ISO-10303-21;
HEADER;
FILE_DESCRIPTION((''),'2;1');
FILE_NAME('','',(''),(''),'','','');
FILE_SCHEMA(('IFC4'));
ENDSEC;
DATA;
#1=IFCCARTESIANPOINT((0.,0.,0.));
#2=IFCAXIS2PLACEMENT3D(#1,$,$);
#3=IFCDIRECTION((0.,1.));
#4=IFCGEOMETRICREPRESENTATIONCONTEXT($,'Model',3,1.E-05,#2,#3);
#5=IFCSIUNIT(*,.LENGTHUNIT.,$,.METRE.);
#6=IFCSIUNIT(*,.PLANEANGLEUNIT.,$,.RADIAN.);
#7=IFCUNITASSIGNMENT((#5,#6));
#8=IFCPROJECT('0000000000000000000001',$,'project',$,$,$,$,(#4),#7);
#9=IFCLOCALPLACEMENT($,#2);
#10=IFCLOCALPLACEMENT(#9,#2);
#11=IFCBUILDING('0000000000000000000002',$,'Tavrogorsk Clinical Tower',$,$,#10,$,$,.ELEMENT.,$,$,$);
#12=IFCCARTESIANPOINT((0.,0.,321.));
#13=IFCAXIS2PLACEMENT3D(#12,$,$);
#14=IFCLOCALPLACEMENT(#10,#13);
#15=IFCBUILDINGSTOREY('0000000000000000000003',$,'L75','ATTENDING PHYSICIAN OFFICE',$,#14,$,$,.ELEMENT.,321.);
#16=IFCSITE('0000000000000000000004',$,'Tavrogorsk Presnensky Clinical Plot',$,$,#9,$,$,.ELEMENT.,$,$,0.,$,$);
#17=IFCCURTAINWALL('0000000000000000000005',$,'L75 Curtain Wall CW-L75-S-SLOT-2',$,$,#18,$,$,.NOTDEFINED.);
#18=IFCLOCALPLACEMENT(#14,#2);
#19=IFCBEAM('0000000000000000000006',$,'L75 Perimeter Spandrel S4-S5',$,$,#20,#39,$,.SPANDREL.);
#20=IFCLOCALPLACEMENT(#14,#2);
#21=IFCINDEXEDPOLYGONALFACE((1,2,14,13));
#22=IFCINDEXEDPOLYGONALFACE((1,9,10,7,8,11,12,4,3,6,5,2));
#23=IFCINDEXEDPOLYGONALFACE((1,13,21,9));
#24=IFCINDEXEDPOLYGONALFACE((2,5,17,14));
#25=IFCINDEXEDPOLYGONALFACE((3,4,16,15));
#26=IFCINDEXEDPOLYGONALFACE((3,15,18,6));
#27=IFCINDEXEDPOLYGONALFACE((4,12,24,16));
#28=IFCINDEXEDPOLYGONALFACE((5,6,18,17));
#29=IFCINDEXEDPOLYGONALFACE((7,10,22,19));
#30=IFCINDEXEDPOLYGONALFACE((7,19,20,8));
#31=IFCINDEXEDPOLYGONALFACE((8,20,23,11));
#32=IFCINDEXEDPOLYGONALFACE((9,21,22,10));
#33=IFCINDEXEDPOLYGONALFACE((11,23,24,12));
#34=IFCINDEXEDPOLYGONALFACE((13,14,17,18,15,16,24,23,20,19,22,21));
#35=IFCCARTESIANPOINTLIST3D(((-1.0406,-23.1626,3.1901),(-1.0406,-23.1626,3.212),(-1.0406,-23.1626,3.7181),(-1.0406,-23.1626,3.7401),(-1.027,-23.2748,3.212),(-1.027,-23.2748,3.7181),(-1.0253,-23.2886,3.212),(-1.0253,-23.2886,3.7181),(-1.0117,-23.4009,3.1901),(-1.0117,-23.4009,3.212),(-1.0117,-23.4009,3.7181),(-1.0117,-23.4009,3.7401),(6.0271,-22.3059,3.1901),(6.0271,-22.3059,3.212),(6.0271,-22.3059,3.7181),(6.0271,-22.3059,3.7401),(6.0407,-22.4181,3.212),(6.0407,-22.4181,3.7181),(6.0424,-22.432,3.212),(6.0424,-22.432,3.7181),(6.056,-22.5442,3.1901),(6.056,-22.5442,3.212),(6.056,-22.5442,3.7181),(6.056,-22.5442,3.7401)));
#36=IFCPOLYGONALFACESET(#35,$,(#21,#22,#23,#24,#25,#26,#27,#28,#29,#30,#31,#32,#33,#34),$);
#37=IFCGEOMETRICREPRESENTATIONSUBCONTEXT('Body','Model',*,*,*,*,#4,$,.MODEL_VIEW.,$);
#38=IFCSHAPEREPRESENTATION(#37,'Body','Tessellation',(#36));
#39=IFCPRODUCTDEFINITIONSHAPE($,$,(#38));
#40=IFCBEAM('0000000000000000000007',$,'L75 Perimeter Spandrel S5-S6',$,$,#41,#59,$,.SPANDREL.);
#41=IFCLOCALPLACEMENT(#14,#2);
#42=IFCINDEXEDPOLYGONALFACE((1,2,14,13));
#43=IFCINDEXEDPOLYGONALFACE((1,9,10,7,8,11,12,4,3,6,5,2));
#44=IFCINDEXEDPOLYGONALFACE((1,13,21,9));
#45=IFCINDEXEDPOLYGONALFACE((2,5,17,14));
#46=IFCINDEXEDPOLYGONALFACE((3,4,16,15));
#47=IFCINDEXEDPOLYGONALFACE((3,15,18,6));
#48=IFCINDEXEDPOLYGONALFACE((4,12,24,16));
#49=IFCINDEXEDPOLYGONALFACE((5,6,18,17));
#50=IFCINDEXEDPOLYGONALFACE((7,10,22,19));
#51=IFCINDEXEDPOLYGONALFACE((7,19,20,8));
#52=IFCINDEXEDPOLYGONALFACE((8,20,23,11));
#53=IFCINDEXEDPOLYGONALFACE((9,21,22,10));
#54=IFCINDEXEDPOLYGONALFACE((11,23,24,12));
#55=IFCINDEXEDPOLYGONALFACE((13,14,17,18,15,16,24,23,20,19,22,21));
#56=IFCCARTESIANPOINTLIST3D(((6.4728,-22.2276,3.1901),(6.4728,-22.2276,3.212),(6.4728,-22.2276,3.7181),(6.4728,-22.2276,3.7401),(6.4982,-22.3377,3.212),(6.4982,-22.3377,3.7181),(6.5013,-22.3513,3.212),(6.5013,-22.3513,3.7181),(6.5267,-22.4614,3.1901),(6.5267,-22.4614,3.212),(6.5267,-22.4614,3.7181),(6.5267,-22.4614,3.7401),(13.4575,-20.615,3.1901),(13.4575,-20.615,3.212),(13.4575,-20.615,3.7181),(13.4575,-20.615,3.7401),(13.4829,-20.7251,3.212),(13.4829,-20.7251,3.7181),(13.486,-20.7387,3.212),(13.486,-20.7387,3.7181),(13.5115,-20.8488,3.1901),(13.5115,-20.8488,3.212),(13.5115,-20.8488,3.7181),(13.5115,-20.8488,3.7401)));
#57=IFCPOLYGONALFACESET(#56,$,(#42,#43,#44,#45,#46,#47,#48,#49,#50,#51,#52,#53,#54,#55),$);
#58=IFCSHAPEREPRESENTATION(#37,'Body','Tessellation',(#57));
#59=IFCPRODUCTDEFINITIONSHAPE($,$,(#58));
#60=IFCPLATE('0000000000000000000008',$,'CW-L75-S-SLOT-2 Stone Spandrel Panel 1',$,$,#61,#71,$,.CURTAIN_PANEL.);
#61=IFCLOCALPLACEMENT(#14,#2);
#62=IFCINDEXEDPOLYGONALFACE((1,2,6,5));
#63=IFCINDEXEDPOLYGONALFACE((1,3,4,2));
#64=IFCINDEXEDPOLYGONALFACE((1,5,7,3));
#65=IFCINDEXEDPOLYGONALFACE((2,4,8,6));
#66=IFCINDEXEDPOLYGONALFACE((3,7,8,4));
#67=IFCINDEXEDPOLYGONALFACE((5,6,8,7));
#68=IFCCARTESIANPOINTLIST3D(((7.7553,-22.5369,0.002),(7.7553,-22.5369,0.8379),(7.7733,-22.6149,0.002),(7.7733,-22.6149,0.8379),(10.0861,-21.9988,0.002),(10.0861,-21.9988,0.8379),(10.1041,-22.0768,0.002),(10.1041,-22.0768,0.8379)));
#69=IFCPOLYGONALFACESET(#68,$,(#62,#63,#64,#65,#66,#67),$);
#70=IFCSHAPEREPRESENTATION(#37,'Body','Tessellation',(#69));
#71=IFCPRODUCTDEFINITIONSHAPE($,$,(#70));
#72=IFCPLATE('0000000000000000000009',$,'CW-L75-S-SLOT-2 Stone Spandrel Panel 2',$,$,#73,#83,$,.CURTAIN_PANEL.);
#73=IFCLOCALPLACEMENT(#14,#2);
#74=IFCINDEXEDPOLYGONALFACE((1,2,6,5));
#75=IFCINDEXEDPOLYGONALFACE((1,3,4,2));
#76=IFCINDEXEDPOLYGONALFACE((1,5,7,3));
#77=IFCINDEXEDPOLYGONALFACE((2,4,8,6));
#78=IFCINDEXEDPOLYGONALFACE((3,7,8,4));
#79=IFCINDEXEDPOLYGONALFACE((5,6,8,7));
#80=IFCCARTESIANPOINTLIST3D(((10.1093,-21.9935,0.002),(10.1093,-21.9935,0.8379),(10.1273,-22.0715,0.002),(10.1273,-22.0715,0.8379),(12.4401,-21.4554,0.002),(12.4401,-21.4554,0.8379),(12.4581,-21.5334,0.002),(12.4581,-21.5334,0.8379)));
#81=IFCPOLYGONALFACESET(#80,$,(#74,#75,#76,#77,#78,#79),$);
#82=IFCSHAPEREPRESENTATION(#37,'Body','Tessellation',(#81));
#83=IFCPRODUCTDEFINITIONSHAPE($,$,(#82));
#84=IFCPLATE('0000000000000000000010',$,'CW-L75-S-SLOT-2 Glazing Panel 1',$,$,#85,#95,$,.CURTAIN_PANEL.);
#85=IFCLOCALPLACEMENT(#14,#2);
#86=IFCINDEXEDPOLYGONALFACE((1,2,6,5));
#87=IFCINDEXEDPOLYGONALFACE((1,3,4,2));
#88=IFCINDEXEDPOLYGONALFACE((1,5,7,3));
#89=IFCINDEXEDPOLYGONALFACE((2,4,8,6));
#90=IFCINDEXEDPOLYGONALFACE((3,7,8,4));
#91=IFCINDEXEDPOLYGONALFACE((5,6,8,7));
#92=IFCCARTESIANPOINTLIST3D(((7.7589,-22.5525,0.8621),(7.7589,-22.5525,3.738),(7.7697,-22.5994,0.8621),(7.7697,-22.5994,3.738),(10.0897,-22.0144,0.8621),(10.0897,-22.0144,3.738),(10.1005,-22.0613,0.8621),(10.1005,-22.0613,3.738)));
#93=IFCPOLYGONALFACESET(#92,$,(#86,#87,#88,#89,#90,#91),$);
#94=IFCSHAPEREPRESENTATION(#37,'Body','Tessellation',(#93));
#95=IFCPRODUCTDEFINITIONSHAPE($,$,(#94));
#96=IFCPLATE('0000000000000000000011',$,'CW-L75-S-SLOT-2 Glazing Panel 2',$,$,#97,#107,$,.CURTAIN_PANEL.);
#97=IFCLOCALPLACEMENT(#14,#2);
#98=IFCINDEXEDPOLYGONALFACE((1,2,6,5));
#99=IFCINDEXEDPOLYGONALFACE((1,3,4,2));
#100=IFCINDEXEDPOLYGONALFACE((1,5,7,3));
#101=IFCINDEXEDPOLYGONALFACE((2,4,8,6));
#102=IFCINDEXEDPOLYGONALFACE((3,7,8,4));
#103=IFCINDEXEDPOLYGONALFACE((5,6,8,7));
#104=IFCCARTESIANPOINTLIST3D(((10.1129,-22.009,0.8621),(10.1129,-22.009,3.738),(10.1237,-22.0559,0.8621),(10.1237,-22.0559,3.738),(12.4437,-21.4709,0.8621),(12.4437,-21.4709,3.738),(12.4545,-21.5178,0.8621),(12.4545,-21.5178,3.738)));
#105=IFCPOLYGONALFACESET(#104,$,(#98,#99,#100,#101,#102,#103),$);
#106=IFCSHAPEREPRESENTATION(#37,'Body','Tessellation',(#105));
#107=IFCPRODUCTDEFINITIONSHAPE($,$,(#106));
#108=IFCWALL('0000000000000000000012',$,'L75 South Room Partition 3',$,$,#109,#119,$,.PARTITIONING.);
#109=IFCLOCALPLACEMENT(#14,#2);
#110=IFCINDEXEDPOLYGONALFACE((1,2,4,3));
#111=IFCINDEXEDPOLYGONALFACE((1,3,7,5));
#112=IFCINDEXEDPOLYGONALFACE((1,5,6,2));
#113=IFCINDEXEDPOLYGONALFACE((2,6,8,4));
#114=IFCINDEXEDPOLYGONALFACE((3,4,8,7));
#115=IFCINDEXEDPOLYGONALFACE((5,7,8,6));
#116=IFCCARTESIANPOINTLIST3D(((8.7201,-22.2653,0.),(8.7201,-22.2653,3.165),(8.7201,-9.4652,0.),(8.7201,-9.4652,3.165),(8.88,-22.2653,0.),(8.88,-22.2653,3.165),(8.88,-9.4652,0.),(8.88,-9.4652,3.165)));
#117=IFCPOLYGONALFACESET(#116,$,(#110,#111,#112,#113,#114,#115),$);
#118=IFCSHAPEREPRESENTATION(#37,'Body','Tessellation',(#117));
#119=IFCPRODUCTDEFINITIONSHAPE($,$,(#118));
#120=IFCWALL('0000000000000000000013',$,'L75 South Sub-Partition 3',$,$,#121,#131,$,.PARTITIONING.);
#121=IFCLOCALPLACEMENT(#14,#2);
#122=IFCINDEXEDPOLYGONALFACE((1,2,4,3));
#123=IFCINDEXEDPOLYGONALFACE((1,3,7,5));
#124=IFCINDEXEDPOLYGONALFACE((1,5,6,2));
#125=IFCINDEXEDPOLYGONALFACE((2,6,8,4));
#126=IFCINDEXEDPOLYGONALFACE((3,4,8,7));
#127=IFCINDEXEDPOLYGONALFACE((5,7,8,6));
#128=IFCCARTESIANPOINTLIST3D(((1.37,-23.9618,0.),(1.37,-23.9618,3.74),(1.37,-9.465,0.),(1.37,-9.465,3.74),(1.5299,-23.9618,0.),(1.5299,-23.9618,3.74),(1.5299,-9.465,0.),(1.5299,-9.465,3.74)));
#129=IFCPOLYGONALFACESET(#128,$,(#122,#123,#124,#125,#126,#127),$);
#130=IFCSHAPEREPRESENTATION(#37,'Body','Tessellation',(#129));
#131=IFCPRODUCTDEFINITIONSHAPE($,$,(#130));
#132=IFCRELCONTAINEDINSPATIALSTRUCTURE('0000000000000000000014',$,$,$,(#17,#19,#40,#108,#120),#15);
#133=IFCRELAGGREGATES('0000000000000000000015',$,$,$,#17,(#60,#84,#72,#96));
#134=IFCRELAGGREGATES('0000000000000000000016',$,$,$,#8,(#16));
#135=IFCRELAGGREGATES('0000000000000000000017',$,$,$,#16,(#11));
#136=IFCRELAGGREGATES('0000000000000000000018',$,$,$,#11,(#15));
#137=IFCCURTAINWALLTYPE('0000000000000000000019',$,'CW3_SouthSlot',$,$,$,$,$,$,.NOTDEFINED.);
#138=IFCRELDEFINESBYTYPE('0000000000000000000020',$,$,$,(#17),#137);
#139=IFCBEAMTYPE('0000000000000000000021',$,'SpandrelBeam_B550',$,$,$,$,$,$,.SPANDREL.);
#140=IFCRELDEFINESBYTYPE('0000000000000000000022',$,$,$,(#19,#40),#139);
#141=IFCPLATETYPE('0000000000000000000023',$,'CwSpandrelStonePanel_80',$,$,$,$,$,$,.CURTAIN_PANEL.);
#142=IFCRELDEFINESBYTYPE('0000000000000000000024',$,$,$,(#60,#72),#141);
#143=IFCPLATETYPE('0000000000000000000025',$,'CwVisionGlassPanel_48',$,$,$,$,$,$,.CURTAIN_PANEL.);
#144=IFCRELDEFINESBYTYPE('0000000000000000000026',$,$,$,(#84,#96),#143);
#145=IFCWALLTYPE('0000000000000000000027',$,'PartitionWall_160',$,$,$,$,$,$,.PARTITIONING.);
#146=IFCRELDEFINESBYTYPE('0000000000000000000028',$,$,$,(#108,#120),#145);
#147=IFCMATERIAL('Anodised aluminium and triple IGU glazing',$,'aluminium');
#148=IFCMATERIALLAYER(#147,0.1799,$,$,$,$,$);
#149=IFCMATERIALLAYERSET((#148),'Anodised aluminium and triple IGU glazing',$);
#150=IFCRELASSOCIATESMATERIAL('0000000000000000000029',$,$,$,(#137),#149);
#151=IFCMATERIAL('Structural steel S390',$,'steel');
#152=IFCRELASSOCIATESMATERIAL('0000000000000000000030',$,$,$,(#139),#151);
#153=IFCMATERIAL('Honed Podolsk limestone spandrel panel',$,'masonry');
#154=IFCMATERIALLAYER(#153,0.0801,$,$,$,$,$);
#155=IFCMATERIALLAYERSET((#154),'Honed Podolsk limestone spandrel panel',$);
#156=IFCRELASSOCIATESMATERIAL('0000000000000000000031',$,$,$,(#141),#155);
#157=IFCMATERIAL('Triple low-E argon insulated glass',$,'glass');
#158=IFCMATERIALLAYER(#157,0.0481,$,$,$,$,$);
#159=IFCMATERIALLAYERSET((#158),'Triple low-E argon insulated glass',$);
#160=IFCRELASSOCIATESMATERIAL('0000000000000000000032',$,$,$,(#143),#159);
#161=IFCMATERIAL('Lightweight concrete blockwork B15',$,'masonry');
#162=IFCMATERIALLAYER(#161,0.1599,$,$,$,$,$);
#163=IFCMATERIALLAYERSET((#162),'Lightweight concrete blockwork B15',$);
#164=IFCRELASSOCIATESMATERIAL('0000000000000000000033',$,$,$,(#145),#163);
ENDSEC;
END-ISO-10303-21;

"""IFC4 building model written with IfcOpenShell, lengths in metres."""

from ifc_helpers import new_model, si_unit, direction, frame, frame_2d, origin, origin_2d, place, context, subcontext, project, spatial, rectangle, i_section, extrude, material, layer, layer_set, material_profile, profile_set, type_object, element, aggregate, save


model = new_model("IFC4")

# Units and contexts
model_context = context("Model", 3, precision=1e-05, world=origin(), true_north=direction((0.0, 1.0)))
body_context = subcontext(model_context, "Body", "Model", "MODEL_VIEW")
ifc_project = project(units=[si_unit("LENGTHUNIT", "METRE"), si_unit("PLANEANGLEUNIT", "RADIAN")], contexts=[model_context])

# Site, building, storey
site_placement = place(None, origin())
site = spatial("IfcSite", under=ifc_project, at=site_placement, Name="Tavrogorsk Presnensky Clinical Plot", CompositionType="ELEMENT", RefElevation=0.0)
building_placement = place(site_placement, origin())
building = spatial("IfcBuilding", under=site, at=building_placement, Name="Tavrogorsk Clinical Tower", CompositionType="ELEMENT")
storey_placement = place(building_placement, frame((0.0, 0.0, 321.0)))
storey = spatial("IfcBuildingStorey", under=building, at=storey_placement, Name="L75", Description="ATTENDING PHYSICIAN OFFICE", CompositionType="ELEMENT", Elevation=321.0)

# Curtain wall
ifc_material_1 = material(Name="Anodised aluminium and triple IGU glazing", Category="aluminium")
ifc_layer_1 = layer(ifc_material_1, 0.1799)
ifc_layer_set_1 = layer_set([ifc_layer_1], Name="Anodised aluminium and triple IGU glazing")
curtain_wall_type = type_object("IfcCurtainWallType", Name="CW3_SouthSlot", PredefinedType="NOTDEFINED", material=ifc_layer_set_1)
curtain_wall_placement = place(storey_placement, origin())
curtain_wall = element("IfcCurtainWall", 1, at=curtain_wall_placement, inside=storey, type_object=curtain_wall_type, Name="L75 Curtain Wall CW-L75-S-SLOT-2", PredefinedType="NOTDEFINED")

# Beams
ifc_material_2 = material(Name="Structural steel S390", Category="steel")
ifc_material_profile_1 = material_profile(ifc_material_2, i_section(OverallWidth=0.24, OverallDepth=0.55, WebThickness=0.0139, FlangeThickness=0.022, at=origin_2d()), Name="B-550x240x14x22")
ifc_profile_set_1 = profile_set([ifc_material_profile_1], Name="Structural steel S390")
beam_type = type_object("IfcBeamType", Name="SpandrelBeam_B550", PredefinedType="SPANDREL", material=ifc_profile_set_1)
beam_1_placement = place(storey_placement, frame((-1.0261, -23.2817, 3.4651), z_axis=(0.992734, 0.120332, 0.0), x_axis=(-0.120332, 0.992734, 0.0)))
element("IfcBeam", 2, at=beam_1_placement, inside=storey, type_object=beam_type, Name="L75 Perimeter Spandrel S4-S5", PredefinedType="SPANDREL", context=body_context, shape_type="SweptSolid", body=[
    extrude(i_section(OverallWidth=0.24, OverallDepth=0.55, WebThickness=0.0139, FlangeThickness=0.022, at=origin_2d()), origin(), (0.0, 0.0, 1.0), 7.1194),
])
beam_2_placement = place(storey_placement, frame((6.4998, -22.3445, 3.4651), z_axis=(0.974369, 0.224954, 0.0), x_axis=(-0.224954, 0.974369, 0.0)))
element("IfcBeam", 3, at=beam_2_placement, inside=storey, type_object=beam_type, Name="L75 Perimeter Spandrel S5-S6", PredefinedType="SPANDREL", context=body_context, shape_type="SweptSolid", body=[
    extrude(i_section(OverallWidth=0.24, OverallDepth=0.55, WebThickness=0.0139, FlangeThickness=0.022, at=origin_2d()), origin(), (0.0, 0.0, 1.0), 7.1685),
])

# Plates
ifc_material_3 = material(Name="Honed Podolsk limestone spandrel panel", Category="masonry")
ifc_layer_2 = layer(ifc_material_3, 0.0801)
ifc_layer_set_2 = layer_set([ifc_layer_2], Name="Honed Podolsk limestone spandrel panel")
plate_type_1 = type_object("IfcPlateType", Name="CwSpandrelStonePanel_80", PredefinedType="CURTAIN_PANEL", material=ifc_layer_set_2)
plate_1_placement = place(storey_placement, frame((8.9297, -22.3069, 0.002), z_axis=(0.0, 0.0, 1.0), x_axis=(0.97437, 0.224951, 0.0)))
plate_1 = element("IfcPlate", 4, at=plate_1_placement, type_object=plate_type_1, Name="CW-L75-S-SLOT-2 Stone Spandrel Panel 1", PredefinedType="CURTAIN_PANEL", context=body_context, shape_type="SweptSolid", body=[
    extrude(rectangle(XDim=2.3921, YDim=0.0801, at=origin_2d()), origin(), (0.0, 0.0, 1.0), 0.8359),
])
plate_2_placement = place(storey_placement, frame((11.2837, -21.7634, 0.002), z_axis=(0.0, 0.0, 1.0), x_axis=(0.97437, 0.224951, 0.0)))
plate_2 = element("IfcPlate", 5, at=plate_2_placement, type_object=plate_type_1, Name="CW-L75-S-SLOT-2 Stone Spandrel Panel 2", PredefinedType="CURTAIN_PANEL", context=body_context, shape_type="SweptSolid", body=[
    extrude(rectangle(XDim=2.3921, YDim=0.0801, at=origin_2d()), origin(), (0.0, 0.0, 1.0), 0.8359),
])
ifc_material_4 = material(Name="Triple low-E argon insulated glass", Category="glass")
ifc_layer_3 = layer(ifc_material_4, 0.0481)
ifc_layer_set_3 = layer_set([ifc_layer_3], Name="Triple low-E argon insulated glass")
plate_type_2 = type_object("IfcPlateType", Name="CwVisionGlassPanel_48", PredefinedType="CURTAIN_PANEL", material=ifc_layer_set_3)
plate_3_placement = place(storey_placement, frame((8.9297, -22.3069, 0.8621), z_axis=(0.0, 0.0, 1.0), x_axis=(0.97437, 0.224951, 0.0)))
plate_3 = element("IfcPlate", 6, at=plate_3_placement, type_object=plate_type_2, Name="CW-L75-S-SLOT-2 Glazing Panel 1", PredefinedType="CURTAIN_PANEL", context=body_context, shape_type="SweptSolid", body=[
    extrude(rectangle(XDim=2.3921, YDim=0.0481, at=origin_2d()), origin(), (0.0, 0.0, 1.0), 2.876),
])
plate_4_placement = place(storey_placement, frame((11.2837, -21.7634, 0.8621), z_axis=(0.0, 0.0, 1.0), x_axis=(0.97437, 0.224951, 0.0)))
plate_4 = element("IfcPlate", 7, at=plate_4_placement, type_object=plate_type_2, Name="CW-L75-S-SLOT-2 Glazing Panel 2", PredefinedType="CURTAIN_PANEL", context=body_context, shape_type="SweptSolid", body=[
    extrude(rectangle(XDim=2.3921, YDim=0.0481, at=origin_2d()), origin(), (0.0, 0.0, 1.0), 2.876),
])
aggregate(curtain_wall, [plate_1, plate_3, plate_2, plate_4])

# Walls
ifc_material_5 = material(Name="Lightweight concrete blockwork B15", Category="masonry")
ifc_layer_4 = layer(ifc_material_5, 0.1599)
ifc_layer_set_4 = layer_set([ifc_layer_4], Name="Lightweight concrete blockwork B15")
wall_type_1 = type_object("IfcWallType", Name="PartitionWall_160", PredefinedType="PARTITIONING", material=ifc_layer_set_4)
wall_1_placement = place(storey_placement, frame((8.8, -22.2651, 0.0), z_axis=(0.0, 0.0, 1.0), x_axis=(0.0, 1.0, 0.0)))
element("IfcWall", 8, at=wall_1_placement, inside=storey, type_object=wall_type_1, Name="L75 South Room Partition 3", PredefinedType="PARTITIONING", context=body_context, shape_type="SweptSolid", body=[
    extrude(rectangle(XDim=12.8, YDim=0.1599, at=frame_2d((6.3999, 0.0))), origin(), (0.0, 0.0, 1.0), 3.165),
])
wall_2_placement = place(storey_placement, frame((1.45, -23.9619, 0.0), z_axis=(0.0, 0.0, 1.0), x_axis=(0.0, 1.0, 0.0)))
element("IfcWall", 9, at=wall_2_placement, inside=storey, type_object=wall_type_1, Name="L75 South Sub-Partition 3", PredefinedType="PARTITIONING", context=body_context, shape_type="SweptSolid", body=[
    extrude(rectangle(XDim=14.4968, YDim=0.1599, at=frame_2d((7.2485, 0.0))), origin(), (0.0, 0.0, 1.0), 3.74),
])

save(model, "model.ifc")
